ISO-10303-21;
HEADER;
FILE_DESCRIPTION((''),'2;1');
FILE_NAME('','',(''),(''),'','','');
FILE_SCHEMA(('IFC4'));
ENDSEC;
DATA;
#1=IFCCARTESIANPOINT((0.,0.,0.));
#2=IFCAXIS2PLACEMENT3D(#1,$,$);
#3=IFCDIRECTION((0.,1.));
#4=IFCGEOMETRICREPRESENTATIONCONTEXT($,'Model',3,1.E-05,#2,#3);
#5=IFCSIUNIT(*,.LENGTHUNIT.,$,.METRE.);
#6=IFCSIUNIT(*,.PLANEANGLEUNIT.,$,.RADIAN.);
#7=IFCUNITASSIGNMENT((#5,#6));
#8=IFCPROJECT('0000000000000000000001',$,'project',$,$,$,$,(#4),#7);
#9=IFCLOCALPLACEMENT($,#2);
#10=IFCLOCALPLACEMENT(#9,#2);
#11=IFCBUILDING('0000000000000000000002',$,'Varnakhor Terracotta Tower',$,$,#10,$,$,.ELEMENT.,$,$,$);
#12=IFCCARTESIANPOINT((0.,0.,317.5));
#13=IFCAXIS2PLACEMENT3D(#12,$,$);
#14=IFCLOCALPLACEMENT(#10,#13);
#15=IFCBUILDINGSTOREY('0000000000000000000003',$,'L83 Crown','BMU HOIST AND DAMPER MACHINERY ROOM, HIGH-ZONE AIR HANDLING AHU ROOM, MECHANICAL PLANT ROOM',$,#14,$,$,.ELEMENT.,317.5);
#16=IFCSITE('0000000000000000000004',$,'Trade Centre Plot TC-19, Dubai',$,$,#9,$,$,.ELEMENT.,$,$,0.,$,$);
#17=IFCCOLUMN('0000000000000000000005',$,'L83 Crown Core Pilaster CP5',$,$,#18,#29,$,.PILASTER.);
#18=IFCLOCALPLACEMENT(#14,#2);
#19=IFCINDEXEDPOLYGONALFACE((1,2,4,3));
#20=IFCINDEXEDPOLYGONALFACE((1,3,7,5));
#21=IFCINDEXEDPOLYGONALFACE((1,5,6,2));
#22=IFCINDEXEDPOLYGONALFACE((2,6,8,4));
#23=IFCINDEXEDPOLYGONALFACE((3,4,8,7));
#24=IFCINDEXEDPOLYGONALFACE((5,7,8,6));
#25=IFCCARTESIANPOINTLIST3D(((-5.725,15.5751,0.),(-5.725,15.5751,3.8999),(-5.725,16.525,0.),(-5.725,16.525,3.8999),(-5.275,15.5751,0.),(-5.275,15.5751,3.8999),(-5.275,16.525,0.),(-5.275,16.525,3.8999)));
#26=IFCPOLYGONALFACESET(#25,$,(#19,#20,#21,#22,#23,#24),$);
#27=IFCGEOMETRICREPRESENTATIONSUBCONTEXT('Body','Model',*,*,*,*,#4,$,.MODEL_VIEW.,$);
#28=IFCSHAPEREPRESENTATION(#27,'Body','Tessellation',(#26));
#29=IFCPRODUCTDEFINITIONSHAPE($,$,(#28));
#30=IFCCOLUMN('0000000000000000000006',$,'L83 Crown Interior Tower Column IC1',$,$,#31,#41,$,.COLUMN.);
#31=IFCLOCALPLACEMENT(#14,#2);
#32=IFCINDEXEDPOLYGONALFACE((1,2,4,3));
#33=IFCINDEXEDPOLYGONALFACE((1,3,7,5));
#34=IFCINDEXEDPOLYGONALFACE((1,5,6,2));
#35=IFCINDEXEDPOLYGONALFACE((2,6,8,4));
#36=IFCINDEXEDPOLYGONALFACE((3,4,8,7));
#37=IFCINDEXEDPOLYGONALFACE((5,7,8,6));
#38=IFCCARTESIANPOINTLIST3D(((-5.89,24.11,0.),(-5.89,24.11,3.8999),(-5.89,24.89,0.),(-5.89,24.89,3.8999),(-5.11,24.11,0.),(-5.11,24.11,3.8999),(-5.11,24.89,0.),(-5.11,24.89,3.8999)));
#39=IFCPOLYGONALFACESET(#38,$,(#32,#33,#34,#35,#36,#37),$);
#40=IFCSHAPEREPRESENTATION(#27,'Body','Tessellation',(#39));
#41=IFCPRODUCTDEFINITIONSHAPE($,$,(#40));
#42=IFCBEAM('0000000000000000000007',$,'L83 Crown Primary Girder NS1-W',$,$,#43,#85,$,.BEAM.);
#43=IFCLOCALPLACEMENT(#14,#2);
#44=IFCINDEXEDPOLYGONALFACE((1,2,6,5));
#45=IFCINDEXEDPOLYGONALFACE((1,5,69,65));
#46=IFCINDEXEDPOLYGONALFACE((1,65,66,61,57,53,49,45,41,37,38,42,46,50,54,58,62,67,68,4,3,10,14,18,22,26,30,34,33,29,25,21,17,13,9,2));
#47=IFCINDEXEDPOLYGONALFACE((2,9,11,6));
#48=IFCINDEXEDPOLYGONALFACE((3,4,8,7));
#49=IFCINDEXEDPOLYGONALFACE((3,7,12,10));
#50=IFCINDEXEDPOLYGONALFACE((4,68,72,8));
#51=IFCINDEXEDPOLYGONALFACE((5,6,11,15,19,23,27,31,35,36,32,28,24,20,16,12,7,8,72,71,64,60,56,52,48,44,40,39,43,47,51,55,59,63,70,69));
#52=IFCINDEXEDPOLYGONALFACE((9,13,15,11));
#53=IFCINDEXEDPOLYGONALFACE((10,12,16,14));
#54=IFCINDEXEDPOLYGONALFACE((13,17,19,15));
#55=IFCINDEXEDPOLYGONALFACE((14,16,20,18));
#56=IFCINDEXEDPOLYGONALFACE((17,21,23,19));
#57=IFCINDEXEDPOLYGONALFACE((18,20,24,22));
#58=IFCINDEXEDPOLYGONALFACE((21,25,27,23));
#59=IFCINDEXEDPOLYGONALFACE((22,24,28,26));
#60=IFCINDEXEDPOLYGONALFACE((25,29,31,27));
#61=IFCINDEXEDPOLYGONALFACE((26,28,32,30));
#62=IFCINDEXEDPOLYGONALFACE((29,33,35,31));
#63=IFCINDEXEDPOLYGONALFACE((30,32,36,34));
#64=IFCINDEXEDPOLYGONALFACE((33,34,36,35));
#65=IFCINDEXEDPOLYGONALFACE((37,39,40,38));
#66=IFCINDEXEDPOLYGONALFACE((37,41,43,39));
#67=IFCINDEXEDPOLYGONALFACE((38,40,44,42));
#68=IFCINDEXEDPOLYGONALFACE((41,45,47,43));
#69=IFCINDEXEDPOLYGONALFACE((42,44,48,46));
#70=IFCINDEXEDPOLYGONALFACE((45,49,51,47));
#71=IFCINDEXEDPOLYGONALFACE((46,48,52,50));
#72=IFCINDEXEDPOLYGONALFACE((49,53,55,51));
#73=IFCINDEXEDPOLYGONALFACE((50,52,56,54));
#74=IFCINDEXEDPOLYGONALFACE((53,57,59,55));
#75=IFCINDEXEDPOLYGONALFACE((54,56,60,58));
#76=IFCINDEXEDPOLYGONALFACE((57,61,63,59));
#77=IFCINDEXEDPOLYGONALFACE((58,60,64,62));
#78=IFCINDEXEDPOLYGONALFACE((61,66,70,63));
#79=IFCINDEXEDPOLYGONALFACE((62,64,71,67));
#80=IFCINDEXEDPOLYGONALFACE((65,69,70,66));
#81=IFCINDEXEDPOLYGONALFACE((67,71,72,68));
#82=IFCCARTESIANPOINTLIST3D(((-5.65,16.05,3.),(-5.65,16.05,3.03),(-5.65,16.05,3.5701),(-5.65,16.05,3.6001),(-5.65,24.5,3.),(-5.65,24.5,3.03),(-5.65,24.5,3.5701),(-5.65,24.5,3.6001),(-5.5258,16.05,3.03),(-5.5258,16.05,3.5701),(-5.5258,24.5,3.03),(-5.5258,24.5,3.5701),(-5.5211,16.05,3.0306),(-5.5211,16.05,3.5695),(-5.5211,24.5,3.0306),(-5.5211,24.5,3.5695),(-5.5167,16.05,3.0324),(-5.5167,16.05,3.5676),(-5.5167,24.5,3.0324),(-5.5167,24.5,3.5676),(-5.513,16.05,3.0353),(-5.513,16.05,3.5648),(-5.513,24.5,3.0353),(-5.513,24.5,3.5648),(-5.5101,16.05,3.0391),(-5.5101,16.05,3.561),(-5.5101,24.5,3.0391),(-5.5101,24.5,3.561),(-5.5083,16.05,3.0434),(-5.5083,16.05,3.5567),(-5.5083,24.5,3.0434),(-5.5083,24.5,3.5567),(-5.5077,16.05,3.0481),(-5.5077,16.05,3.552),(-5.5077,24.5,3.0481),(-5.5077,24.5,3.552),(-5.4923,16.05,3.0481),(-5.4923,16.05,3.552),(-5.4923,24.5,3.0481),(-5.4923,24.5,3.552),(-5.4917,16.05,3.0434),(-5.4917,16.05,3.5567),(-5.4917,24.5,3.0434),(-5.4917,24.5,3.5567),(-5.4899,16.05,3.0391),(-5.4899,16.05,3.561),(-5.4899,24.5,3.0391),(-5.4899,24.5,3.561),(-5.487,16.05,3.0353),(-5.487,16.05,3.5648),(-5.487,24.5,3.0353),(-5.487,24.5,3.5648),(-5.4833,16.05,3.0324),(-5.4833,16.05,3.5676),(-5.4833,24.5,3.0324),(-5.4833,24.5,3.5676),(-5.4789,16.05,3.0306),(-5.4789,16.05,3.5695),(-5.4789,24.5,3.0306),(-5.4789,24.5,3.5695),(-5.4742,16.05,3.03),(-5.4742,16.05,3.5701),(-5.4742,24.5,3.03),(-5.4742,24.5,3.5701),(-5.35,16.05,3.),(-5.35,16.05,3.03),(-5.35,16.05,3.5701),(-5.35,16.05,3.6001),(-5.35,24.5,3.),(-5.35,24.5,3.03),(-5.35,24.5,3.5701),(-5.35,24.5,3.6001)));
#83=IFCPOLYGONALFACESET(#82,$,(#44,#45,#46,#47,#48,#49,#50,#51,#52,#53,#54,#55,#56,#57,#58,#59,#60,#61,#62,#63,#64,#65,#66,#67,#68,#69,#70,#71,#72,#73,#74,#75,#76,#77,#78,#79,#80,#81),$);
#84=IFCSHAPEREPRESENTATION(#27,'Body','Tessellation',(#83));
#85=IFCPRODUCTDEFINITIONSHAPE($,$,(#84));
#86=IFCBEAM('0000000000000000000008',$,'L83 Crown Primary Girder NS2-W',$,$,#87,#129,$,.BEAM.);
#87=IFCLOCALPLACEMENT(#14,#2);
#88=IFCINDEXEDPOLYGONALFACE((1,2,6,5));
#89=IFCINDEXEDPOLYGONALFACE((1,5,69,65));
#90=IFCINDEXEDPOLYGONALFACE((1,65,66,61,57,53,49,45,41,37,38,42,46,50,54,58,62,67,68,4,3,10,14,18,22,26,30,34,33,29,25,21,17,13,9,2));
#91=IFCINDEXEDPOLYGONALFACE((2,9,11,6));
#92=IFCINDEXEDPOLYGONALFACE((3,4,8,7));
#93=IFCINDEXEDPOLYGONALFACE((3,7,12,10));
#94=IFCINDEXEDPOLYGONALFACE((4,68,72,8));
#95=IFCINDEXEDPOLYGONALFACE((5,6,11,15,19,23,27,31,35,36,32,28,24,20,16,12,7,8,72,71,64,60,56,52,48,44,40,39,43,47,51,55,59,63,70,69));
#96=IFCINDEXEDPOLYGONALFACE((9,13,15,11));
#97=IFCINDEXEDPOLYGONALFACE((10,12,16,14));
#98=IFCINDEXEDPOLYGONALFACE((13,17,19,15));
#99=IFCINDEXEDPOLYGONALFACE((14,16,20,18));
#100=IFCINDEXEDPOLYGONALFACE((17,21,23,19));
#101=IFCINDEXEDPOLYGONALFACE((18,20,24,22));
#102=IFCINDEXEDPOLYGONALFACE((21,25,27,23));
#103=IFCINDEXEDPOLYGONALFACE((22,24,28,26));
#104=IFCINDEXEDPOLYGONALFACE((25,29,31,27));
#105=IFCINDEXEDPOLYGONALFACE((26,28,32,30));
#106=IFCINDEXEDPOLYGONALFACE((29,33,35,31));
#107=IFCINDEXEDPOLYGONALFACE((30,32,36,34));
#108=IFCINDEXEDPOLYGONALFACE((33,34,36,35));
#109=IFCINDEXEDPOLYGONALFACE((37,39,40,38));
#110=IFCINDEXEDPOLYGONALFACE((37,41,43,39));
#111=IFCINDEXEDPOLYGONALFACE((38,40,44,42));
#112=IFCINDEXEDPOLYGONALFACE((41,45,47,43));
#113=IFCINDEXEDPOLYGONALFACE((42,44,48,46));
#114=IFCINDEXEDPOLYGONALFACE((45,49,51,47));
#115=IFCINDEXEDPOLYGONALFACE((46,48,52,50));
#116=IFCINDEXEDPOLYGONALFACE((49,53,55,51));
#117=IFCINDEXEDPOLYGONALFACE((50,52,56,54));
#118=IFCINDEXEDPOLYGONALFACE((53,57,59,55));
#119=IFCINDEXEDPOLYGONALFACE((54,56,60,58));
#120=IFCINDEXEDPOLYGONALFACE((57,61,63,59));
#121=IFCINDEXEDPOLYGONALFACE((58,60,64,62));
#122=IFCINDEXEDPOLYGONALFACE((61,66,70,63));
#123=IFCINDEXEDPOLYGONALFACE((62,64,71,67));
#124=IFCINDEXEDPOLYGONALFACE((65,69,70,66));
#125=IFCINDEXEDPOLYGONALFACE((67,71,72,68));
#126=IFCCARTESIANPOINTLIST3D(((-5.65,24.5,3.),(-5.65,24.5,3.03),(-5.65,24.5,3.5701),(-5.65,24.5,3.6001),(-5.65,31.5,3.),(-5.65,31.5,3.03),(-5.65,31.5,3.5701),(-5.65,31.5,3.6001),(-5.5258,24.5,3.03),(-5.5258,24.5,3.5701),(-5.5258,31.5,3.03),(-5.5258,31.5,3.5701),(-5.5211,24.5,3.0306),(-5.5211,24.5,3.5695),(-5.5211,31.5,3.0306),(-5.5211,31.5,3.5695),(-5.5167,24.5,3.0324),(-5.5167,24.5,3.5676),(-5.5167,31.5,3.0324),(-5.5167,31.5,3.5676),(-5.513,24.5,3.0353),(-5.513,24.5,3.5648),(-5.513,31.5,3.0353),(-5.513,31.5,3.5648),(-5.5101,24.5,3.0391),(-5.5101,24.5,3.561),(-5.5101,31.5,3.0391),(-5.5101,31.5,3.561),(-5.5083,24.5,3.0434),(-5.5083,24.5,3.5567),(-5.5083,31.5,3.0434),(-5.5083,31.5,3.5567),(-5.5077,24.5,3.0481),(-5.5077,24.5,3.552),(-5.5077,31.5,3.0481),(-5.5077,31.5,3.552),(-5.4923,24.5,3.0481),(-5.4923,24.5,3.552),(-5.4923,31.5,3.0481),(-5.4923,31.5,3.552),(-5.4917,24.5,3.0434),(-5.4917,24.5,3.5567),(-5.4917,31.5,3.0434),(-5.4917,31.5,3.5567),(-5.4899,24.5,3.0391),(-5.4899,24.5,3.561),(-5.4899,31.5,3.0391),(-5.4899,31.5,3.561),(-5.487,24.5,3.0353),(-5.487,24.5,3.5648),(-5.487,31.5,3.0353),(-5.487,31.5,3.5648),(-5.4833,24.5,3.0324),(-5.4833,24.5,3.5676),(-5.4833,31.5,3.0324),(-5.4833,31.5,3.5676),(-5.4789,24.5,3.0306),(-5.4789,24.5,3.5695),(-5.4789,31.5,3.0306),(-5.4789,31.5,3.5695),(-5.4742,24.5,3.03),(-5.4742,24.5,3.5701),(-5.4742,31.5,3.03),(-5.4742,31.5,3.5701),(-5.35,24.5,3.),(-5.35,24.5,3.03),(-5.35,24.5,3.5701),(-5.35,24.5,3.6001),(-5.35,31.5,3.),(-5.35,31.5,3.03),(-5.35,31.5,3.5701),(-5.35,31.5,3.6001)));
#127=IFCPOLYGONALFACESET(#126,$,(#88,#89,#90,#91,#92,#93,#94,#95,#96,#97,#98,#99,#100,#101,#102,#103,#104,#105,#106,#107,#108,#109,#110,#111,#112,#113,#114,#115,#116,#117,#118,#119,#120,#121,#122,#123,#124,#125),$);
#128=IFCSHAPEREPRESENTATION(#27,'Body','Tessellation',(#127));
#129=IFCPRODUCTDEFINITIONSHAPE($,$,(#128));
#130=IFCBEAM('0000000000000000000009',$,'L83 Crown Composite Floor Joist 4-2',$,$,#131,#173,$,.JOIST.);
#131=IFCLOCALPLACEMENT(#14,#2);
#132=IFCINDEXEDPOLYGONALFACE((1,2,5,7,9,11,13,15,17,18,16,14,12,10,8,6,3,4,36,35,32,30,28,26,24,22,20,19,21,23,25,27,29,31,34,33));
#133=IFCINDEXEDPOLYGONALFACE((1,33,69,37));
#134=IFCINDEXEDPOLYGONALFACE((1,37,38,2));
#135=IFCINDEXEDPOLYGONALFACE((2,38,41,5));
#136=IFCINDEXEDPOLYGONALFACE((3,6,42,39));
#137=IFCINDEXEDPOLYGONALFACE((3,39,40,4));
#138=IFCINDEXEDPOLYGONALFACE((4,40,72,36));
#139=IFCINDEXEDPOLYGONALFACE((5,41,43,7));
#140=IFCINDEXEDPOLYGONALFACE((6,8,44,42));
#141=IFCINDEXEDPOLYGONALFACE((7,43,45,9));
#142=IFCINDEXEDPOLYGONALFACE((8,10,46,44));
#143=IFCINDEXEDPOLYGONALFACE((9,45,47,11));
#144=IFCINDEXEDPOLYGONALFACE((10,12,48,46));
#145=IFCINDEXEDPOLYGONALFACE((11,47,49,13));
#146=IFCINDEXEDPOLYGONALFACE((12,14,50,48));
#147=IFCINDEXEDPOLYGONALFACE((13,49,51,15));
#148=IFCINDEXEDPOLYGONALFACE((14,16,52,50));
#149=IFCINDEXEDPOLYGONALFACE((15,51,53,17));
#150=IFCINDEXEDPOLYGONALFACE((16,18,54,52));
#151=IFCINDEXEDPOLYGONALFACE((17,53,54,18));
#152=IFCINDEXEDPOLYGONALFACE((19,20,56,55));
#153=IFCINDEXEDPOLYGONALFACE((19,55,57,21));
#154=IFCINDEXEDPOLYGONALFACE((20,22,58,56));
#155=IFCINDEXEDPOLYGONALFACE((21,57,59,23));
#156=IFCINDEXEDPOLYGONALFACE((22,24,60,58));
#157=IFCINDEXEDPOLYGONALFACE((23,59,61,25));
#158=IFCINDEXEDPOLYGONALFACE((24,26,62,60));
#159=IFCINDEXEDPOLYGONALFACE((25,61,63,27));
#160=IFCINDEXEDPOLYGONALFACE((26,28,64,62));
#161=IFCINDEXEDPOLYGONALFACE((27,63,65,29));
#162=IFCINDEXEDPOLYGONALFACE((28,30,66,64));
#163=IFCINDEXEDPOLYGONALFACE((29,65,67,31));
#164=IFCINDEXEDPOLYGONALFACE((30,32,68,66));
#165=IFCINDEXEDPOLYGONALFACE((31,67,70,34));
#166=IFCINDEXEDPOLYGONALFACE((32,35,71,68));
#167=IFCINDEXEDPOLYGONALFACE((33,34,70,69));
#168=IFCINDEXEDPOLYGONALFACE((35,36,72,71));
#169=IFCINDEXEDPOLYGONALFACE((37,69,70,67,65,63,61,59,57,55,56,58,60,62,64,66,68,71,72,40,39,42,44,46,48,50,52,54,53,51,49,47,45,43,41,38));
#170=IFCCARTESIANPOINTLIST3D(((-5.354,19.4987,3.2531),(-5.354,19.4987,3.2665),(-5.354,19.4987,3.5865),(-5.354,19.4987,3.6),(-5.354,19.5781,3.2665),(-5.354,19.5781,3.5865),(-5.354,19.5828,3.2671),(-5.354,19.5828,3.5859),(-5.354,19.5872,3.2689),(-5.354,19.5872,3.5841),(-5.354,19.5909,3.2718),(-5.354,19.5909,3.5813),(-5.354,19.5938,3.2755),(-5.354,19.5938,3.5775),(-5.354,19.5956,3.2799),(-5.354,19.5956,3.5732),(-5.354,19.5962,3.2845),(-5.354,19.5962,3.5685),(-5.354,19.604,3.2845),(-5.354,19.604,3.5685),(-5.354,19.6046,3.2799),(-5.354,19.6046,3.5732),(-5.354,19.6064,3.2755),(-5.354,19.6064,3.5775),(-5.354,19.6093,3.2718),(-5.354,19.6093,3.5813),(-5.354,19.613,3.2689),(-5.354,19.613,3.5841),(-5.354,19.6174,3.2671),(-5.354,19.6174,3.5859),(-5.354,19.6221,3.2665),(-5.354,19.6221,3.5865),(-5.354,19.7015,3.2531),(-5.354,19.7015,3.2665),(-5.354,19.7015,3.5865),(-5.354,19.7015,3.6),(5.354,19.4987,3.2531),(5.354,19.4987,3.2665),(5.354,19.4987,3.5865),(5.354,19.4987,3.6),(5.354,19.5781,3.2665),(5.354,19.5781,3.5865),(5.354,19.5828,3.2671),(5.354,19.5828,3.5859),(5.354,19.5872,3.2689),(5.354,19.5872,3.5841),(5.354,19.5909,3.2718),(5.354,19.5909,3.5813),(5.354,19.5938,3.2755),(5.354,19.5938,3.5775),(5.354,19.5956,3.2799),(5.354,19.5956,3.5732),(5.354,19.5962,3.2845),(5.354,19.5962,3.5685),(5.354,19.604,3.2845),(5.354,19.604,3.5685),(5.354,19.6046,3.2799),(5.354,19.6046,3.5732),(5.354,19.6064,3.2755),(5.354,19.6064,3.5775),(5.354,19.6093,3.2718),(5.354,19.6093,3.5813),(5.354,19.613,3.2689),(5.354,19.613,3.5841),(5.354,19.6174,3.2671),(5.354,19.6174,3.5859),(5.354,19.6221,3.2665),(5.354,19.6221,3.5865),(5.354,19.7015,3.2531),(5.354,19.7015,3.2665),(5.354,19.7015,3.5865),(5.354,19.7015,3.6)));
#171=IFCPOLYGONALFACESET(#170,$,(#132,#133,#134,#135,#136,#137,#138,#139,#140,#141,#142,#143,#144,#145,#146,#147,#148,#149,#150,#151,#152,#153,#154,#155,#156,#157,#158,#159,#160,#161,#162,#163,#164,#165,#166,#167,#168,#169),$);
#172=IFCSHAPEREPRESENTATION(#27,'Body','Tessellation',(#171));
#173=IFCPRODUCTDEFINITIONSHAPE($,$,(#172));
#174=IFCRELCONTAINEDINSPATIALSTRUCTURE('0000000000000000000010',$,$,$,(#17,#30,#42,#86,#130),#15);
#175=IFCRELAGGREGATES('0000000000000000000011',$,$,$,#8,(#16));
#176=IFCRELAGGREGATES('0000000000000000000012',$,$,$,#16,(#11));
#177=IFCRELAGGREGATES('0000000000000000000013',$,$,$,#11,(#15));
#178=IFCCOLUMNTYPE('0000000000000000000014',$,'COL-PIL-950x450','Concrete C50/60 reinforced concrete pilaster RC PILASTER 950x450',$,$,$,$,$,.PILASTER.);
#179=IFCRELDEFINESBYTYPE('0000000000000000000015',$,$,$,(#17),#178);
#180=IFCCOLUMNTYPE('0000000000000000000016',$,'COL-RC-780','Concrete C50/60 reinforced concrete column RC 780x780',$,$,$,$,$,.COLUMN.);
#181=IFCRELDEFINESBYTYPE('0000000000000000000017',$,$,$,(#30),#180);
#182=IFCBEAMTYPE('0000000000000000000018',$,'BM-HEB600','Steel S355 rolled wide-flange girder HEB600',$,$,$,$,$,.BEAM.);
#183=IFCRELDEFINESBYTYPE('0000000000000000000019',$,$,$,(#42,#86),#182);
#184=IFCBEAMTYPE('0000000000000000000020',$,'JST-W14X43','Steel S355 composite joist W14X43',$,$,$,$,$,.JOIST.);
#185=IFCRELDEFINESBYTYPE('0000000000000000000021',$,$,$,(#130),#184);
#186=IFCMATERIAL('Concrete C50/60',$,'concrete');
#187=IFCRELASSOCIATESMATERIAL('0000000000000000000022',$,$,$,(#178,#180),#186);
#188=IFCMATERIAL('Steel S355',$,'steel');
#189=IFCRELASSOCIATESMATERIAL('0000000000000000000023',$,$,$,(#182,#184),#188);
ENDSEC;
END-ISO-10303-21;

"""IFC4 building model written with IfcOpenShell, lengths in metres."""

from ifc_helpers import new_model, si_unit, direction, frame, origin, origin_2d, place, context, subcontext, project, spatial, rectangle, i_section, extrude, source, transform, mapped, material, material_profile, profile_set, type_object, element, save


model = new_model("IFC4")

# Units and contexts
model_context = context("Model", 3, precision=1e-05, world=origin(), true_north=direction((0.0, 1.0)))
body_context = subcontext(model_context, "Body", "Model", "MODEL_VIEW")
ifc_project = project(units=[si_unit("LENGTHUNIT", "METRE"), si_unit("PLANEANGLEUNIT", "RADIAN")], contexts=[model_context])

# Site, building, storey
site_placement = place(None, origin())
site = spatial("IfcSite", under=ifc_project, at=site_placement, Name="Trade Centre Plot TC-19, Dubai", CompositionType="ELEMENT", RefElevation=0.0)
building_placement = place(site_placement, origin())
building = spatial("IfcBuilding", under=site, at=building_placement, Name="Varnakhor Terracotta Tower", CompositionType="ELEMENT")
storey_placement = place(building_placement, frame((0.0, 0.0, 317.5)))
storey = spatial("IfcBuildingStorey", under=building, at=storey_placement, Name="L83 Crown", Description="BMU HOIST AND DAMPER MACHINERY ROOM, HIGH-ZONE AIR HANDLING AHU ROOM, MECHANICAL PLANT ROOM", CompositionType="ELEMENT", Elevation=317.5)

# Columns
ifc_material_1 = material(Name="Concrete C50/60", Category="concrete")
ifc_material_profile_1 = material_profile(ifc_material_1, rectangle(XDim=0.45, YDim=0.95, at=origin_2d()), Name="RC PILASTER 950x450")
ifc_profile_set_1 = profile_set([ifc_material_profile_1], Name="Concrete C50/60")
column_type_1 = type_object("IfcColumnType", Name="COL-PIL-950x450", Description="Concrete C50/60 reinforced concrete pilaster RC PILASTER 950x450", PredefinedType="PILASTER", material=ifc_profile_set_1)
shared_shape_1 = source(origin(), body_context, "Body", "SweptSolid", [
    extrude(rectangle(XDim=0.45, YDim=0.95, at=origin_2d()), origin(), (0.0, 0.0, 1.0), 3.8999),
])
column_1_placement = place(storey_placement, frame((-5.5, 16.05, 0.0), z_axis=(0.0, 0.0, 1.0), x_axis=(1.0, 0.0, 0.0)))
element("IfcColumn", 1, at=column_1_placement, inside=storey, type_object=column_type_1, Name="L83 Crown Core Pilaster CP5", PredefinedType="PILASTER", context=body_context, shape_type="MappedRepresentation", body=[
    mapped(shared_shape_1, transform((0.0, 0.0, 0.0), scale=1.0)),
])
ifc_material_profile_2 = material_profile(ifc_material_1, rectangle(XDim=0.78, YDim=0.78, at=origin_2d()), Name="RC 780x780")
ifc_profile_set_2 = profile_set([ifc_material_profile_2], Name="Concrete C50/60")
column_type_2 = type_object("IfcColumnType", Name="COL-RC-780", Description="Concrete C50/60 reinforced concrete column RC 780x780", PredefinedType="COLUMN", material=ifc_profile_set_2)
shared_shape_2 = source(origin(), body_context, "Body", "SweptSolid", [
    extrude(rectangle(XDim=0.78, YDim=0.78, at=origin_2d()), origin(), (0.0, 0.0, 1.0), 3.8999),
])
column_2_placement = place(storey_placement, frame((-5.5, 24.5, 0.0), z_axis=(0.0, 0.0, 1.0), x_axis=(1.0, 0.0, 0.0)))
element("IfcColumn", 2, at=column_2_placement, inside=storey, type_object=column_type_2, Name="L83 Crown Interior Tower Column IC1", PredefinedType="COLUMN", context=body_context, shape_type="MappedRepresentation", body=[
    mapped(shared_shape_2, transform((0.0, 0.0, 0.0), scale=1.0)),
])

# Beams
ifc_material_2 = material(Name="Steel S355", Category="steel")
ifc_material_profile_3 = material_profile(ifc_material_2, i_section(OverallWidth=0.3, OverallDepth=0.6001, WebThickness=0.0154, FlangeThickness=0.03, FilletRadius=0.0181, at=origin_2d()), Name="HEB600")
ifc_profile_set_3 = profile_set([ifc_material_profile_3], Name="Steel S355")
beam_type_1 = type_object("IfcBeamType", Name="BM-HEB600", Description="Steel S355 rolled wide-flange girder HEB600", PredefinedType="BEAM", material=ifc_profile_set_3)
shared_shape_3 = source(origin(), body_context, "Body", "SweptSolid", [
    extrude(i_section(OverallWidth=0.3, OverallDepth=0.6001, WebThickness=0.0154, FlangeThickness=0.03, FilletRadius=0.0181, at=origin_2d()), origin(), (0.0, 0.0, 1.0), 8.45),
])
beam_1_placement = place(storey_placement, frame((-5.5, 16.05, 3.3), z_axis=(0.0, 1.0, 0.0), x_axis=(-1.0, 0.0, 0.0)))
element("IfcBeam", 3, at=beam_1_placement, inside=storey, type_object=beam_type_1, Name="L83 Crown Primary Girder NS1-W", PredefinedType="BEAM", context=body_context, shape_type="MappedRepresentation", body=[
    mapped(shared_shape_3, transform((0.0, 0.0, 0.0), scale=1.0)),
])
shared_shape_4 = source(origin(), body_context, "Body", "SweptSolid", [
    extrude(i_section(OverallWidth=0.3, OverallDepth=0.6001, WebThickness=0.0154, FlangeThickness=0.03, FilletRadius=0.0181, at=origin_2d()), origin(), (0.0, 0.0, 1.0), 7.0),
])
beam_2_placement = place(storey_placement, frame((-5.5, 24.5, 3.3), z_axis=(0.0, 1.0, 0.0), x_axis=(-1.0, 0.0, 0.0)))
element("IfcBeam", 4, at=beam_2_placement, inside=storey, type_object=beam_type_1, Name="L83 Crown Primary Girder NS2-W", PredefinedType="BEAM", context=body_context, shape_type="MappedRepresentation", body=[
    mapped(shared_shape_4, transform((0.0, 0.0, 0.0), scale=1.0)),
])
ifc_material_profile_4 = material_profile(ifc_material_2, i_section(OverallWidth=0.2029, OverallDepth=0.3469, WebThickness=0.0078, FlangeThickness=0.0134, FilletRadius=0.0181, at=origin_2d()), Name="W14X43")
ifc_profile_set_4 = profile_set([ifc_material_profile_4], Name="Steel S355")
beam_type_2 = type_object("IfcBeamType", Name="JST-W14X43", Description="Steel S355 composite joist W14X43", PredefinedType="JOIST", material=ifc_profile_set_4)
shared_shape_5 = source(origin(), body_context, "Body", "SweptSolid", [
    extrude(i_section(OverallWidth=0.2029, OverallDepth=0.3469, WebThickness=0.0078, FlangeThickness=0.0134, FilletRadius=0.0181, at=origin_2d()), origin(), (0.0, 0.0, 1.0), 10.708),
])
for number, where, z_axis, x_axis, name in (
    (5, (-5.354, 19.6001, 3.4265), (1.0, 0.0, 0.0), (0.0, 1.0, 0.0), "L83 Crown Composite Floor Joist 4-2"),
):
    element("IfcBeam", number, at=place(storey_placement, frame(where, z_axis=z_axis, x_axis=x_axis)), inside=storey, type_object=beam_type_2, Name=name, PredefinedType="JOIST", context=body_context, shape_type="MappedRepresentation", body=[
        mapped(shared_shape_5, transform((0.0, 0.0, 0.0), scale=1.0)),
    ])

save(model, "model.ifc")
